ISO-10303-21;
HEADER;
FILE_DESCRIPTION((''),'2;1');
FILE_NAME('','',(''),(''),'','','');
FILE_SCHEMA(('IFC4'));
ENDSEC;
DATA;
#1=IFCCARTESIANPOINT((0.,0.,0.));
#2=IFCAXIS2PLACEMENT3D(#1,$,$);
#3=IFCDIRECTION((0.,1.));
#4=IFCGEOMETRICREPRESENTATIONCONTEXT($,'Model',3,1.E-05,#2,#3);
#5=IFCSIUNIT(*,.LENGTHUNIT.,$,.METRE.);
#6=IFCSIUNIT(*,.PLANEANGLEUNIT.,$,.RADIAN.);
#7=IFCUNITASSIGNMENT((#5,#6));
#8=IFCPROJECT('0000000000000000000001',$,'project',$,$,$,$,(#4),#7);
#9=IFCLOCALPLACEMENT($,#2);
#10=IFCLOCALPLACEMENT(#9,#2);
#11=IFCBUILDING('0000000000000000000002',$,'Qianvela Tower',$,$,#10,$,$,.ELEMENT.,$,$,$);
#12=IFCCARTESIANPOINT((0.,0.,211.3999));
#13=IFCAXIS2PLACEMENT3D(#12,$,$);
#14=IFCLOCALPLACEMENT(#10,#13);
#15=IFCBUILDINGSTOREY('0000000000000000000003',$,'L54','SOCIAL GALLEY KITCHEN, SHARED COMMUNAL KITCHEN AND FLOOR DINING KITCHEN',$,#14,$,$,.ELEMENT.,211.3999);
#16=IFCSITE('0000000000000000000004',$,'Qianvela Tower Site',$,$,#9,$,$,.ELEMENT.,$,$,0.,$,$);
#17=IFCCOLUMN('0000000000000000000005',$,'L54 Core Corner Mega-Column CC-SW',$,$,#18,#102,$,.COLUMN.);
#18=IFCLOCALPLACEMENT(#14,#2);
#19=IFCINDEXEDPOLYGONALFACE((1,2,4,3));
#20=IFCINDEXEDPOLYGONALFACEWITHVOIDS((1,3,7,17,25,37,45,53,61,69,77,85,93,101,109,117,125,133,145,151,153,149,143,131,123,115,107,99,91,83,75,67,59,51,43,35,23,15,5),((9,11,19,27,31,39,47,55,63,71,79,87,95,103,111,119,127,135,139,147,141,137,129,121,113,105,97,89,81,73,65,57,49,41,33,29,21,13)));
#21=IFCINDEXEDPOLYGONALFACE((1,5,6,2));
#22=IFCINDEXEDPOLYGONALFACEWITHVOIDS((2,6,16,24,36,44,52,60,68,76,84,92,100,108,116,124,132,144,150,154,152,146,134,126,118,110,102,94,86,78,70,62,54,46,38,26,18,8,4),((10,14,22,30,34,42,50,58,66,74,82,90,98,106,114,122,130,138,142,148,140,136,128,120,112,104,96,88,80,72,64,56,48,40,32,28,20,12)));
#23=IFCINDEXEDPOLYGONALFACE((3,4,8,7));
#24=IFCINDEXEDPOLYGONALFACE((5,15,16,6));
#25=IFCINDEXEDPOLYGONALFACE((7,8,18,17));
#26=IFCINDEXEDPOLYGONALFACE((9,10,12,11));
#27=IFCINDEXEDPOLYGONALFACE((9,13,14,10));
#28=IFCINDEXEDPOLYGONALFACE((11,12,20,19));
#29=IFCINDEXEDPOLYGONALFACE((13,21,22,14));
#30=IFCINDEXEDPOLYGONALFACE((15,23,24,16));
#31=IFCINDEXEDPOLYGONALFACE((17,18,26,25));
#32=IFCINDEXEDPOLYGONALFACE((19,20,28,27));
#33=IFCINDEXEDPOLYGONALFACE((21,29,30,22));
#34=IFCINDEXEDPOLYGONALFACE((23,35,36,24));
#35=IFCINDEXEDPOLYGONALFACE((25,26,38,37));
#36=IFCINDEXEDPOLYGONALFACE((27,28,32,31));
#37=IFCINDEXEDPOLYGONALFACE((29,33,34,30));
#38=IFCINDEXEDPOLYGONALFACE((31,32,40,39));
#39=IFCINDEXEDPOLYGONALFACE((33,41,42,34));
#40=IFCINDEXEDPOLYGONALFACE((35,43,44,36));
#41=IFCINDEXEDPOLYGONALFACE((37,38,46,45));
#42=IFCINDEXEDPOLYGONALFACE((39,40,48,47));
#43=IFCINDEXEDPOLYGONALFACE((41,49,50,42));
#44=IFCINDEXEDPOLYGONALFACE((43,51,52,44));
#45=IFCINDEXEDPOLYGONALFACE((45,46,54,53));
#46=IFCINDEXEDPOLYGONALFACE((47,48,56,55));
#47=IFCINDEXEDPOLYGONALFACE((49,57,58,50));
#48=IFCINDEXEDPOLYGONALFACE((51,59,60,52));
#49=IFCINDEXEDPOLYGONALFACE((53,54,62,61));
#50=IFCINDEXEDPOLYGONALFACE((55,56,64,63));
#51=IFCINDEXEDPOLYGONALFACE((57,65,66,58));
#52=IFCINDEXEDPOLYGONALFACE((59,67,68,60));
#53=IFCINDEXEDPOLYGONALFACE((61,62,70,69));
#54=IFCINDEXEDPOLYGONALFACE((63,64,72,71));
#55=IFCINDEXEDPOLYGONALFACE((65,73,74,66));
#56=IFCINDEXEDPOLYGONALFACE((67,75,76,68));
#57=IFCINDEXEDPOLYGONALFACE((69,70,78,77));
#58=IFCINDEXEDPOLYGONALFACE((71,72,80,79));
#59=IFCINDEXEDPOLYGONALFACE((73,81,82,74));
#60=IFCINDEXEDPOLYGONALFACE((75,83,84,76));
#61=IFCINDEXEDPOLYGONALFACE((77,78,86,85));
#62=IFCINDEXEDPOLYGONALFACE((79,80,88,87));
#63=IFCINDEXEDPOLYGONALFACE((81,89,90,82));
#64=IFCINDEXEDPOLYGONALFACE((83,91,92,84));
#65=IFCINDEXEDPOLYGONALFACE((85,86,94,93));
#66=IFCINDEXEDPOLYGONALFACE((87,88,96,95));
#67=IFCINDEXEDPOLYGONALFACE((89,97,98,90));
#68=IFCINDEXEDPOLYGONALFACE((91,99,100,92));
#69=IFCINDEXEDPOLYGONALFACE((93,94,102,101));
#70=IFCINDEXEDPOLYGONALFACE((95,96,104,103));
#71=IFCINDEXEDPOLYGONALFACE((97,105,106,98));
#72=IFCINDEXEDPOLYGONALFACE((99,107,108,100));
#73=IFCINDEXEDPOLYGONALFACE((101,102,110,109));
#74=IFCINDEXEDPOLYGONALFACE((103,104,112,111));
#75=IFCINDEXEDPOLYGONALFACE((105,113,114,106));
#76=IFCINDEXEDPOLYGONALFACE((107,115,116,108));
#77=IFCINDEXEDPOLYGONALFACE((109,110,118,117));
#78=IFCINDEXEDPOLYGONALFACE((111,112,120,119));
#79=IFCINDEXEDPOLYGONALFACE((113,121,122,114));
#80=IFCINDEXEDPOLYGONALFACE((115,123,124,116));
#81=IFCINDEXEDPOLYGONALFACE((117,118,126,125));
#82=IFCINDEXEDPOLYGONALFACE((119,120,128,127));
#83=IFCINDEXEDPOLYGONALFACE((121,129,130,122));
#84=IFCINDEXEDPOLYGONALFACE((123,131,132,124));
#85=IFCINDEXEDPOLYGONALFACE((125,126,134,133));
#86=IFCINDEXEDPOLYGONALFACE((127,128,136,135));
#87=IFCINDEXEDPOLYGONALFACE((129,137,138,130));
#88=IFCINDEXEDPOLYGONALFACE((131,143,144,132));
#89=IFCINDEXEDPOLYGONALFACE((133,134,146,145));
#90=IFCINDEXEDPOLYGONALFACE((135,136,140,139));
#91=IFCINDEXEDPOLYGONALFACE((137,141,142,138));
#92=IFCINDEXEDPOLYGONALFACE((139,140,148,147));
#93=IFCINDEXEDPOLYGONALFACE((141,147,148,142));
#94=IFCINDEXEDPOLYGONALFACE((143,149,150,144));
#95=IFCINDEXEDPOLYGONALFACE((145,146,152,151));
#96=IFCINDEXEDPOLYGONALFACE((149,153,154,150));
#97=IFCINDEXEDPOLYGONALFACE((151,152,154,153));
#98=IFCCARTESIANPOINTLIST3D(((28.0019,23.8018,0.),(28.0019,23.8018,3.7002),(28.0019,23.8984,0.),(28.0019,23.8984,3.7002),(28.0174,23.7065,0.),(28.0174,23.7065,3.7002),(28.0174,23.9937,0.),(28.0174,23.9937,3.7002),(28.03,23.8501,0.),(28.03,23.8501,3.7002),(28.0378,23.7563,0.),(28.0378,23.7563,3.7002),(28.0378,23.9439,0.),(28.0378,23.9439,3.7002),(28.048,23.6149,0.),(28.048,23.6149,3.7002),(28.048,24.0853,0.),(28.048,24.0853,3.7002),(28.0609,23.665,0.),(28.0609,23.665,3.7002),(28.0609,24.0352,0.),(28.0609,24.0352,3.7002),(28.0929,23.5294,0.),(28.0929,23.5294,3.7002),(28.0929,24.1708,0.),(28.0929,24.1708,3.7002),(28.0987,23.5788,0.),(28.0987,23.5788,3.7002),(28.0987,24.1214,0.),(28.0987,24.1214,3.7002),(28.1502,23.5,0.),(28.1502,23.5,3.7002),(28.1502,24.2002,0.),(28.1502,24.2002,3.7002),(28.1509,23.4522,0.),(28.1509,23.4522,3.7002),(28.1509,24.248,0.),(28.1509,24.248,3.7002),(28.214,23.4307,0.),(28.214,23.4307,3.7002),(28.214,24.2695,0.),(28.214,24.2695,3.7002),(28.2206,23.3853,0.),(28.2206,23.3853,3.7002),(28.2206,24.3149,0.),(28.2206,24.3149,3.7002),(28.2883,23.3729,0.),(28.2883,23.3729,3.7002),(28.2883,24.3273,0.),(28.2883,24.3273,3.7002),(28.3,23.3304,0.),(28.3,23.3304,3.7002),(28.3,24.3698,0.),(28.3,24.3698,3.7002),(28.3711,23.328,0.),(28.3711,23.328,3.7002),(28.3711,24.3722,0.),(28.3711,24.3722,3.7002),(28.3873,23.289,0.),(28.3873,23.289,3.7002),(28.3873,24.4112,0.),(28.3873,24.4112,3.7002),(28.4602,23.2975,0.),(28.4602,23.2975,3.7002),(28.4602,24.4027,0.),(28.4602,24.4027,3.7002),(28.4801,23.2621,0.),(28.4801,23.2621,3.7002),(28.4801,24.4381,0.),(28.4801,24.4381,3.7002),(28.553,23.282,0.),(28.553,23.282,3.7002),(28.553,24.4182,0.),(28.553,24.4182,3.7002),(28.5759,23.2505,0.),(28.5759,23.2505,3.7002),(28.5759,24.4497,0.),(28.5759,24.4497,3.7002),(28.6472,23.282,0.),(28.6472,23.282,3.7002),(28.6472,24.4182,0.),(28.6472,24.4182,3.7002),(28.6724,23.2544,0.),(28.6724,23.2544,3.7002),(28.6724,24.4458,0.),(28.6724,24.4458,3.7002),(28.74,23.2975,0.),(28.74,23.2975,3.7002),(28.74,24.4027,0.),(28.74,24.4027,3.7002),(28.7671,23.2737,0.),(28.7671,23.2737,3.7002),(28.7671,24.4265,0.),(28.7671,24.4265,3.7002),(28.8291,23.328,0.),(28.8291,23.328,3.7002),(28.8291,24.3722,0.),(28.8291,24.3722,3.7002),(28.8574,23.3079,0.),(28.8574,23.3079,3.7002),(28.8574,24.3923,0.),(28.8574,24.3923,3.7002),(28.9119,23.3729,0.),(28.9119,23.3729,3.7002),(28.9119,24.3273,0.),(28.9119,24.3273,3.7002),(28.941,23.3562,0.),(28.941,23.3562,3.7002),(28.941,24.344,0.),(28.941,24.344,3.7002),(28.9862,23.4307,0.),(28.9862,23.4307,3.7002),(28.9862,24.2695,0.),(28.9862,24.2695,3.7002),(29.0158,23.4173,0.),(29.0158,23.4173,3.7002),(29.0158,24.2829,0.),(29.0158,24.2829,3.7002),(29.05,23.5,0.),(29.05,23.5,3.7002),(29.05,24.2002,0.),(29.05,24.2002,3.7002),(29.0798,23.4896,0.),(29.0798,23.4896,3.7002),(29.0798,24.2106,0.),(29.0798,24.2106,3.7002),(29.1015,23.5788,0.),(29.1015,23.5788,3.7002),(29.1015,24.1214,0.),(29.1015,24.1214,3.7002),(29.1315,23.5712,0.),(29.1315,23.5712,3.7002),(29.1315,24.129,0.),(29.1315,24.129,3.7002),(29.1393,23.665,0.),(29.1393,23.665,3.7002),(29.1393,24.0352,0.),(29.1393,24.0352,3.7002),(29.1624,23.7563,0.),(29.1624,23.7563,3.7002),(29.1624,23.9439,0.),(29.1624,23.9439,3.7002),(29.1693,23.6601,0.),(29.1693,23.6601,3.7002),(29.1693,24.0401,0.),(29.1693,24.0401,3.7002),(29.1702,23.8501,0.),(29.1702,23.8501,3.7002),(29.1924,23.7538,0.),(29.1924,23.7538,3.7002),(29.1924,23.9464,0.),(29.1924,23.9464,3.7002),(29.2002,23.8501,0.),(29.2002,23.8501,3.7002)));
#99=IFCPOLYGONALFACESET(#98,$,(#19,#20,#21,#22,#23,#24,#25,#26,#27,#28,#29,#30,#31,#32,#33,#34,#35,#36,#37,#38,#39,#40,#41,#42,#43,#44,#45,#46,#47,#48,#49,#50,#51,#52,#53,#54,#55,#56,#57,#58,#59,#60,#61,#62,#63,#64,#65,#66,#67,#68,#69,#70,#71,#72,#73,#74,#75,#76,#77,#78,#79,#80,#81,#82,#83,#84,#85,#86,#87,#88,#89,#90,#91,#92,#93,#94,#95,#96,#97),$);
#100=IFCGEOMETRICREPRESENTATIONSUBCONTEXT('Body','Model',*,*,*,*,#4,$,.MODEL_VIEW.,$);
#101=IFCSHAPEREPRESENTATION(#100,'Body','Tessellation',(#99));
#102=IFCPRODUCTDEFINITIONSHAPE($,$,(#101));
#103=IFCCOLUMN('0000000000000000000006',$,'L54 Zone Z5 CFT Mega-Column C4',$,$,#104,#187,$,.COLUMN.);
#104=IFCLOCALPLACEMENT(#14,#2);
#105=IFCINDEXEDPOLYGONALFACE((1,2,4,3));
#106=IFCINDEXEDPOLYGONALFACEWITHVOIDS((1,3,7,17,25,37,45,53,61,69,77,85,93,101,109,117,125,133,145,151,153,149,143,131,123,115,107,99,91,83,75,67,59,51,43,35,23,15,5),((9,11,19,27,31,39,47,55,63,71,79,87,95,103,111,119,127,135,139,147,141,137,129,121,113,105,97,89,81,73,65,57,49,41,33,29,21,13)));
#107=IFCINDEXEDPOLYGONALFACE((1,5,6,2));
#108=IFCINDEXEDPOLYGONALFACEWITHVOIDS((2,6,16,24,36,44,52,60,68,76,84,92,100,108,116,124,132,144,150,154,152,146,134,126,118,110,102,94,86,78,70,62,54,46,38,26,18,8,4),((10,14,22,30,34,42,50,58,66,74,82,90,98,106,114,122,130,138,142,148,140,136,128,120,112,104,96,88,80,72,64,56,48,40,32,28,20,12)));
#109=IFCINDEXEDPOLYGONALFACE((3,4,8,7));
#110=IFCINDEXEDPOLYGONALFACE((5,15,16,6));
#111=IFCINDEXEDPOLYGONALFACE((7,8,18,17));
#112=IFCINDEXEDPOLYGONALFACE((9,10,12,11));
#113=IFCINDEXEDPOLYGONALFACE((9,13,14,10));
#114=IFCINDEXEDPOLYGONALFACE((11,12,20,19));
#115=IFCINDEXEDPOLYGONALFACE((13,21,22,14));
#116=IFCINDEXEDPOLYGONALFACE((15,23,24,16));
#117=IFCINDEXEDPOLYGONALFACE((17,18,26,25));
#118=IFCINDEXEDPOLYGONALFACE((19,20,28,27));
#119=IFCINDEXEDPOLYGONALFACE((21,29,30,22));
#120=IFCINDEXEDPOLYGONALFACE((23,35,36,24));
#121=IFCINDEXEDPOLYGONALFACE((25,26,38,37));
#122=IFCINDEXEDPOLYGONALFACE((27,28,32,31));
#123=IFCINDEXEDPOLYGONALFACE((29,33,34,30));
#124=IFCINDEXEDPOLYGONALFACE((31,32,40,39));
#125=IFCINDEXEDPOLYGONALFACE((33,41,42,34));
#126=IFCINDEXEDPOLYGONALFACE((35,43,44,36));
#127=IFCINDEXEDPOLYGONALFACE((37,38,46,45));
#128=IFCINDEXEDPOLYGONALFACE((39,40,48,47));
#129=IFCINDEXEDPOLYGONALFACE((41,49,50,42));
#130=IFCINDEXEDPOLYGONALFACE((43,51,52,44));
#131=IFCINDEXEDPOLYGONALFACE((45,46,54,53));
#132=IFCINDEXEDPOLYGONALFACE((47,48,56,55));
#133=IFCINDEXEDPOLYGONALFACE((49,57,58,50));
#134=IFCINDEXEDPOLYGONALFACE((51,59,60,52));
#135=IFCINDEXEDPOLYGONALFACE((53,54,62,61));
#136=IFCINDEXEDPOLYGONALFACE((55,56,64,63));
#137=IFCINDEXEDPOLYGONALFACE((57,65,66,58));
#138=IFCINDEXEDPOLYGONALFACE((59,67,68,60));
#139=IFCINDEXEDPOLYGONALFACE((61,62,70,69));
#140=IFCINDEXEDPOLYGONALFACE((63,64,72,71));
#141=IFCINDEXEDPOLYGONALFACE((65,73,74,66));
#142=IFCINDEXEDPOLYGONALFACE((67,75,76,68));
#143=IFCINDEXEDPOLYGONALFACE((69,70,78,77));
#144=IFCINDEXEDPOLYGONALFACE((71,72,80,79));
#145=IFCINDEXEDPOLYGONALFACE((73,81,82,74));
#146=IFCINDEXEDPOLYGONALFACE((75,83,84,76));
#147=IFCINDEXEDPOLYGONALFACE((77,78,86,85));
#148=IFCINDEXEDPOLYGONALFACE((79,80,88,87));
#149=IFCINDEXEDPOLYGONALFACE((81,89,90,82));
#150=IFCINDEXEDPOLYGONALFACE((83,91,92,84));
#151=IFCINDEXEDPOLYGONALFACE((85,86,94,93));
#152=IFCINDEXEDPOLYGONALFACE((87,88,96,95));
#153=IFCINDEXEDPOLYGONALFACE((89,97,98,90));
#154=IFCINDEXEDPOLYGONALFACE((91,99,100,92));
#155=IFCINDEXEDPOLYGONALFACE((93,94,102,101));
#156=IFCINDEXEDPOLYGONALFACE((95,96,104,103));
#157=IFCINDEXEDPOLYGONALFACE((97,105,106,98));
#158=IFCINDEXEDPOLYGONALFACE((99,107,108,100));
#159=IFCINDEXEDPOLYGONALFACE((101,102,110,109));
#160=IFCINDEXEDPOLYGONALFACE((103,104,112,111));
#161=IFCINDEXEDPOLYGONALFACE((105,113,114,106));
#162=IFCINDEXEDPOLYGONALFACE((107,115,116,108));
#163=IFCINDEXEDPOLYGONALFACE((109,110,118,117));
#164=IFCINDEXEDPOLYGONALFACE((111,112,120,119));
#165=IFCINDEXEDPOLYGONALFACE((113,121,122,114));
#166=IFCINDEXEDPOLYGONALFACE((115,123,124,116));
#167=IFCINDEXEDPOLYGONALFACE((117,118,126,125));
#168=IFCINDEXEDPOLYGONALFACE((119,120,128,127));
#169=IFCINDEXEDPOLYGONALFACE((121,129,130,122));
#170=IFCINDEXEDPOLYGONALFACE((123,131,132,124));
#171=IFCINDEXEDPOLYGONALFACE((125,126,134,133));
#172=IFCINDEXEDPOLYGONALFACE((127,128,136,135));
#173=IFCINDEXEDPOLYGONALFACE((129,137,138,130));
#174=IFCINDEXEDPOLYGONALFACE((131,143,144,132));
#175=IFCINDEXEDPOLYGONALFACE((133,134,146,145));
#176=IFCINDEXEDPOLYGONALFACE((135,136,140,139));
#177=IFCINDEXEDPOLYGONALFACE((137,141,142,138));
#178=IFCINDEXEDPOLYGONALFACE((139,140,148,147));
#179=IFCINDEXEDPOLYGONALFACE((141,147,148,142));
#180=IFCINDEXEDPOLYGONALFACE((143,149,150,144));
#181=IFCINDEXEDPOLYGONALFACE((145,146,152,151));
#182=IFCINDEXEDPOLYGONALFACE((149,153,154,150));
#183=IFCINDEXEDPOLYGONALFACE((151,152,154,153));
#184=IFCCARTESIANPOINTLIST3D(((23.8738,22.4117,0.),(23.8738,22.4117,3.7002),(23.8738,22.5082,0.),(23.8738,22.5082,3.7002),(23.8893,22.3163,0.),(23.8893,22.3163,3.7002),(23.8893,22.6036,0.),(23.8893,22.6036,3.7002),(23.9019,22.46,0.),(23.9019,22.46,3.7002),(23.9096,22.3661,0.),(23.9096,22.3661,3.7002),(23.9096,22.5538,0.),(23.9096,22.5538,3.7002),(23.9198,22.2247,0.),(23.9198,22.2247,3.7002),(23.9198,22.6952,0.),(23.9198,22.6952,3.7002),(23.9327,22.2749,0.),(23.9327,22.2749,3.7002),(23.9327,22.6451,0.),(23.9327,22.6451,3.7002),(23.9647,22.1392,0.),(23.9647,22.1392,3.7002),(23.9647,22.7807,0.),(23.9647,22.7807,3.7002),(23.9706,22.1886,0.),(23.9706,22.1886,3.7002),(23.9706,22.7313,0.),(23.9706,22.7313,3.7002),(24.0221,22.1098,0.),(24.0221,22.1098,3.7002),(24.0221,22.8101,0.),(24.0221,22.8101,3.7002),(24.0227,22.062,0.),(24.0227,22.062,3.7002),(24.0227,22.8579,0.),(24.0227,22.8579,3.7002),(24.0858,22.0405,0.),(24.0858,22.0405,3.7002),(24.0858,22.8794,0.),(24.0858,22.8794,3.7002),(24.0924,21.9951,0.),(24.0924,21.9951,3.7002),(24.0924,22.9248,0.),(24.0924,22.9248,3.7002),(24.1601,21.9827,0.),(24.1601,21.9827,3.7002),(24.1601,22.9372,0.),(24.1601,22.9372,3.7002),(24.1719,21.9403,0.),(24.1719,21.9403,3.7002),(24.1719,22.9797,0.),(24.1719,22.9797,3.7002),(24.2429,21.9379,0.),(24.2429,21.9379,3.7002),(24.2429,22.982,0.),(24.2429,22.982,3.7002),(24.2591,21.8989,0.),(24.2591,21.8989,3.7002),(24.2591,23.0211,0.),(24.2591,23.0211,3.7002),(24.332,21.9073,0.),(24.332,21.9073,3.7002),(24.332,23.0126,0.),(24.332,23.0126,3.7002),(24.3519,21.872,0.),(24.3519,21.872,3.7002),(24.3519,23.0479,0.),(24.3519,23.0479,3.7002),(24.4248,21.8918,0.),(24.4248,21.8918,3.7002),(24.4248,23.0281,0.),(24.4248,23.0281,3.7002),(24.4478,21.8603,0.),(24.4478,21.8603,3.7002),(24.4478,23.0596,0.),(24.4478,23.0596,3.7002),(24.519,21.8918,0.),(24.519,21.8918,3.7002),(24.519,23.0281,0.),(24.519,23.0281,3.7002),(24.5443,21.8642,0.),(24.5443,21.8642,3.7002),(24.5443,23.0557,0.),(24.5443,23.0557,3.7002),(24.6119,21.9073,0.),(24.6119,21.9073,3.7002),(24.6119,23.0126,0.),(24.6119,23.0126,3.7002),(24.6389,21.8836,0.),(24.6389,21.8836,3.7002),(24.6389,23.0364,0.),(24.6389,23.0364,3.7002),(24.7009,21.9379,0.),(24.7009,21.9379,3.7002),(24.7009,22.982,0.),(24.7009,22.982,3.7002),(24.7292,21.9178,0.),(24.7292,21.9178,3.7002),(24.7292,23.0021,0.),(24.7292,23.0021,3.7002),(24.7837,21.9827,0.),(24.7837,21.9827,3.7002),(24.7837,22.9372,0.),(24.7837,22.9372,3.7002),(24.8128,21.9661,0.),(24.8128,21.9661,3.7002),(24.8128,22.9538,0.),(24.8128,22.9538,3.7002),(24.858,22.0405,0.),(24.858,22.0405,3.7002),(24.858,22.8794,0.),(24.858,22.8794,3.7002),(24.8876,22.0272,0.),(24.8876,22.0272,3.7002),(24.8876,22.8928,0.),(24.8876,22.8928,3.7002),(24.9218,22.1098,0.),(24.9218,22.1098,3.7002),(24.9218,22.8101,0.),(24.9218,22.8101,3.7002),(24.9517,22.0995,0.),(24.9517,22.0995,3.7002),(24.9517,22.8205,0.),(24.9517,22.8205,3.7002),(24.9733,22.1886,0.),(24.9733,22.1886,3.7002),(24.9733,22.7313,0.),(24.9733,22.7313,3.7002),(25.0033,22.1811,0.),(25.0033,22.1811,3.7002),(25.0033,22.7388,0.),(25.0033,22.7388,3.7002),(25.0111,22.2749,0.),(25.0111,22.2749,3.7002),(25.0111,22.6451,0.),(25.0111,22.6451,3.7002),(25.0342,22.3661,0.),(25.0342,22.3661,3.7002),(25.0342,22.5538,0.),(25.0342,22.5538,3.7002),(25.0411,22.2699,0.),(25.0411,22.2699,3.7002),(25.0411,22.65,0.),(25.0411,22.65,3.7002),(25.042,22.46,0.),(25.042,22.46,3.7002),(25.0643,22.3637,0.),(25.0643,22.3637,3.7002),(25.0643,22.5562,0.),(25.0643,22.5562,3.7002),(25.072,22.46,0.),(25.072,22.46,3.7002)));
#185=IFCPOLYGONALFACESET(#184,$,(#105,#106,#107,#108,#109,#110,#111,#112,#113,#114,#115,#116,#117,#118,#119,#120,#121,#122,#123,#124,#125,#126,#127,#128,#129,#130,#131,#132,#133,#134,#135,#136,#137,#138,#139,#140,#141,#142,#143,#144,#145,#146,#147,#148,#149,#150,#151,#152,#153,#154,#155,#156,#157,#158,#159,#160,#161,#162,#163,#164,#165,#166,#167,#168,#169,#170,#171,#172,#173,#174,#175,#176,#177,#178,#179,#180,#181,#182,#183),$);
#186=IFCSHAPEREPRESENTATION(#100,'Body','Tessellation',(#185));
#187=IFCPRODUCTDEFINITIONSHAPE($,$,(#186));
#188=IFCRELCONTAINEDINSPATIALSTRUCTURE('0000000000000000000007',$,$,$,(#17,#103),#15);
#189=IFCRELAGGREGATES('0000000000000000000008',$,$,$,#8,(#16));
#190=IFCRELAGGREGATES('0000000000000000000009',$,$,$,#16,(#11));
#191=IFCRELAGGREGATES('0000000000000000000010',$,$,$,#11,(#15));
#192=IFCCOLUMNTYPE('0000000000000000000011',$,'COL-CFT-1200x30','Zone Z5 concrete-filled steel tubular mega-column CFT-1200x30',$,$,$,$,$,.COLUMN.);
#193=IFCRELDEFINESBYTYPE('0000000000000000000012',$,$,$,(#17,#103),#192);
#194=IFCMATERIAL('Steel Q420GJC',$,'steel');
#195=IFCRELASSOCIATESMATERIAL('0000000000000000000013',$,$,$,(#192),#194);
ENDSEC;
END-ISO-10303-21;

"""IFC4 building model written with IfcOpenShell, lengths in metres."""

from ifc_helpers import new_model, si_unit, direction, frame, origin, origin_2d, place, context, subcontext, project, spatial, hollow_circle, extrude, material, material_profile, profile_set, type_object, element, save


model = new_model("IFC4")

# Units and contexts
model_context = context("Model", 3, precision=1e-05, world=origin(), true_north=direction((0.0, 1.0)))
body_context = subcontext(model_context, "Body", "Model", "MODEL_VIEW")
ifc_project = project(units=[si_unit("LENGTHUNIT", "METRE"), si_unit("PLANEANGLEUNIT", "RADIAN")], contexts=[model_context])

# Site, building, storey
site_placement = place(None, origin())
site = spatial("IfcSite", under=ifc_project, at=site_placement, Name="Qianvela Tower Site", CompositionType="ELEMENT", RefElevation=0.0)
building_placement = place(site_placement, origin())
building = spatial("IfcBuilding", under=site, at=building_placement, Name="Qianvela Tower", CompositionType="ELEMENT")
storey_placement = place(building_placement, frame((0.0, 0.0, 211.3999)))
storey = spatial("IfcBuildingStorey", under=building, at=storey_placement, Name="L54", Description="SOCIAL GALLEY KITCHEN, SHARED COMMUNAL KITCHEN AND FLOOR DINING KITCHEN", CompositionType="ELEMENT", Elevation=211.3999)

# Columns
ifc_material_1 = material(Name="Steel Q420GJC", Category="steel")
ifc_material_profile_1 = material_profile(ifc_material_1, hollow_circle(Radius=0.6001, WallThickness=0.03, at=origin_2d()), Name="CFT-1200x30")
ifc_profile_set_1 = profile_set([ifc_material_profile_1], Name="Steel Q420GJC")
column_type = type_object("IfcColumnType", Name="COL-CFT-1200x30", Description="Zone Z5 concrete-filled steel tubular mega-column CFT-1200x30", PredefinedType="COLUMN", material=ifc_profile_set_1)
for number, where, z_axis, x_axis, name in (
    (1, (28.6001, 23.8501, 0.0), (0.0, 0.0, 1.0), (1.0, 0.0, 0.0), "L54 Core Corner Mega-Column CC-SW"),
    (2, (24.4719, 22.46, 0.0), (0.0, 0.0, 1.0), (1.0, 0.0, 0.0), "L54 Zone Z5 CFT Mega-Column C4"),
):
    element("IfcColumn", number, at=place(storey_placement, frame(where, z_axis=z_axis, x_axis=x_axis)), inside=storey, type_object=column_type, Name=name, PredefinedType="COLUMN", context=body_context, shape_type="SweptSolid", body=[
        extrude(hollow_circle(Radius=0.6001, WallThickness=0.03, at=origin_2d()), origin(), (0.0, 0.0, 1.0), 3.7002),
    ])

save(model, "model.ifc")
